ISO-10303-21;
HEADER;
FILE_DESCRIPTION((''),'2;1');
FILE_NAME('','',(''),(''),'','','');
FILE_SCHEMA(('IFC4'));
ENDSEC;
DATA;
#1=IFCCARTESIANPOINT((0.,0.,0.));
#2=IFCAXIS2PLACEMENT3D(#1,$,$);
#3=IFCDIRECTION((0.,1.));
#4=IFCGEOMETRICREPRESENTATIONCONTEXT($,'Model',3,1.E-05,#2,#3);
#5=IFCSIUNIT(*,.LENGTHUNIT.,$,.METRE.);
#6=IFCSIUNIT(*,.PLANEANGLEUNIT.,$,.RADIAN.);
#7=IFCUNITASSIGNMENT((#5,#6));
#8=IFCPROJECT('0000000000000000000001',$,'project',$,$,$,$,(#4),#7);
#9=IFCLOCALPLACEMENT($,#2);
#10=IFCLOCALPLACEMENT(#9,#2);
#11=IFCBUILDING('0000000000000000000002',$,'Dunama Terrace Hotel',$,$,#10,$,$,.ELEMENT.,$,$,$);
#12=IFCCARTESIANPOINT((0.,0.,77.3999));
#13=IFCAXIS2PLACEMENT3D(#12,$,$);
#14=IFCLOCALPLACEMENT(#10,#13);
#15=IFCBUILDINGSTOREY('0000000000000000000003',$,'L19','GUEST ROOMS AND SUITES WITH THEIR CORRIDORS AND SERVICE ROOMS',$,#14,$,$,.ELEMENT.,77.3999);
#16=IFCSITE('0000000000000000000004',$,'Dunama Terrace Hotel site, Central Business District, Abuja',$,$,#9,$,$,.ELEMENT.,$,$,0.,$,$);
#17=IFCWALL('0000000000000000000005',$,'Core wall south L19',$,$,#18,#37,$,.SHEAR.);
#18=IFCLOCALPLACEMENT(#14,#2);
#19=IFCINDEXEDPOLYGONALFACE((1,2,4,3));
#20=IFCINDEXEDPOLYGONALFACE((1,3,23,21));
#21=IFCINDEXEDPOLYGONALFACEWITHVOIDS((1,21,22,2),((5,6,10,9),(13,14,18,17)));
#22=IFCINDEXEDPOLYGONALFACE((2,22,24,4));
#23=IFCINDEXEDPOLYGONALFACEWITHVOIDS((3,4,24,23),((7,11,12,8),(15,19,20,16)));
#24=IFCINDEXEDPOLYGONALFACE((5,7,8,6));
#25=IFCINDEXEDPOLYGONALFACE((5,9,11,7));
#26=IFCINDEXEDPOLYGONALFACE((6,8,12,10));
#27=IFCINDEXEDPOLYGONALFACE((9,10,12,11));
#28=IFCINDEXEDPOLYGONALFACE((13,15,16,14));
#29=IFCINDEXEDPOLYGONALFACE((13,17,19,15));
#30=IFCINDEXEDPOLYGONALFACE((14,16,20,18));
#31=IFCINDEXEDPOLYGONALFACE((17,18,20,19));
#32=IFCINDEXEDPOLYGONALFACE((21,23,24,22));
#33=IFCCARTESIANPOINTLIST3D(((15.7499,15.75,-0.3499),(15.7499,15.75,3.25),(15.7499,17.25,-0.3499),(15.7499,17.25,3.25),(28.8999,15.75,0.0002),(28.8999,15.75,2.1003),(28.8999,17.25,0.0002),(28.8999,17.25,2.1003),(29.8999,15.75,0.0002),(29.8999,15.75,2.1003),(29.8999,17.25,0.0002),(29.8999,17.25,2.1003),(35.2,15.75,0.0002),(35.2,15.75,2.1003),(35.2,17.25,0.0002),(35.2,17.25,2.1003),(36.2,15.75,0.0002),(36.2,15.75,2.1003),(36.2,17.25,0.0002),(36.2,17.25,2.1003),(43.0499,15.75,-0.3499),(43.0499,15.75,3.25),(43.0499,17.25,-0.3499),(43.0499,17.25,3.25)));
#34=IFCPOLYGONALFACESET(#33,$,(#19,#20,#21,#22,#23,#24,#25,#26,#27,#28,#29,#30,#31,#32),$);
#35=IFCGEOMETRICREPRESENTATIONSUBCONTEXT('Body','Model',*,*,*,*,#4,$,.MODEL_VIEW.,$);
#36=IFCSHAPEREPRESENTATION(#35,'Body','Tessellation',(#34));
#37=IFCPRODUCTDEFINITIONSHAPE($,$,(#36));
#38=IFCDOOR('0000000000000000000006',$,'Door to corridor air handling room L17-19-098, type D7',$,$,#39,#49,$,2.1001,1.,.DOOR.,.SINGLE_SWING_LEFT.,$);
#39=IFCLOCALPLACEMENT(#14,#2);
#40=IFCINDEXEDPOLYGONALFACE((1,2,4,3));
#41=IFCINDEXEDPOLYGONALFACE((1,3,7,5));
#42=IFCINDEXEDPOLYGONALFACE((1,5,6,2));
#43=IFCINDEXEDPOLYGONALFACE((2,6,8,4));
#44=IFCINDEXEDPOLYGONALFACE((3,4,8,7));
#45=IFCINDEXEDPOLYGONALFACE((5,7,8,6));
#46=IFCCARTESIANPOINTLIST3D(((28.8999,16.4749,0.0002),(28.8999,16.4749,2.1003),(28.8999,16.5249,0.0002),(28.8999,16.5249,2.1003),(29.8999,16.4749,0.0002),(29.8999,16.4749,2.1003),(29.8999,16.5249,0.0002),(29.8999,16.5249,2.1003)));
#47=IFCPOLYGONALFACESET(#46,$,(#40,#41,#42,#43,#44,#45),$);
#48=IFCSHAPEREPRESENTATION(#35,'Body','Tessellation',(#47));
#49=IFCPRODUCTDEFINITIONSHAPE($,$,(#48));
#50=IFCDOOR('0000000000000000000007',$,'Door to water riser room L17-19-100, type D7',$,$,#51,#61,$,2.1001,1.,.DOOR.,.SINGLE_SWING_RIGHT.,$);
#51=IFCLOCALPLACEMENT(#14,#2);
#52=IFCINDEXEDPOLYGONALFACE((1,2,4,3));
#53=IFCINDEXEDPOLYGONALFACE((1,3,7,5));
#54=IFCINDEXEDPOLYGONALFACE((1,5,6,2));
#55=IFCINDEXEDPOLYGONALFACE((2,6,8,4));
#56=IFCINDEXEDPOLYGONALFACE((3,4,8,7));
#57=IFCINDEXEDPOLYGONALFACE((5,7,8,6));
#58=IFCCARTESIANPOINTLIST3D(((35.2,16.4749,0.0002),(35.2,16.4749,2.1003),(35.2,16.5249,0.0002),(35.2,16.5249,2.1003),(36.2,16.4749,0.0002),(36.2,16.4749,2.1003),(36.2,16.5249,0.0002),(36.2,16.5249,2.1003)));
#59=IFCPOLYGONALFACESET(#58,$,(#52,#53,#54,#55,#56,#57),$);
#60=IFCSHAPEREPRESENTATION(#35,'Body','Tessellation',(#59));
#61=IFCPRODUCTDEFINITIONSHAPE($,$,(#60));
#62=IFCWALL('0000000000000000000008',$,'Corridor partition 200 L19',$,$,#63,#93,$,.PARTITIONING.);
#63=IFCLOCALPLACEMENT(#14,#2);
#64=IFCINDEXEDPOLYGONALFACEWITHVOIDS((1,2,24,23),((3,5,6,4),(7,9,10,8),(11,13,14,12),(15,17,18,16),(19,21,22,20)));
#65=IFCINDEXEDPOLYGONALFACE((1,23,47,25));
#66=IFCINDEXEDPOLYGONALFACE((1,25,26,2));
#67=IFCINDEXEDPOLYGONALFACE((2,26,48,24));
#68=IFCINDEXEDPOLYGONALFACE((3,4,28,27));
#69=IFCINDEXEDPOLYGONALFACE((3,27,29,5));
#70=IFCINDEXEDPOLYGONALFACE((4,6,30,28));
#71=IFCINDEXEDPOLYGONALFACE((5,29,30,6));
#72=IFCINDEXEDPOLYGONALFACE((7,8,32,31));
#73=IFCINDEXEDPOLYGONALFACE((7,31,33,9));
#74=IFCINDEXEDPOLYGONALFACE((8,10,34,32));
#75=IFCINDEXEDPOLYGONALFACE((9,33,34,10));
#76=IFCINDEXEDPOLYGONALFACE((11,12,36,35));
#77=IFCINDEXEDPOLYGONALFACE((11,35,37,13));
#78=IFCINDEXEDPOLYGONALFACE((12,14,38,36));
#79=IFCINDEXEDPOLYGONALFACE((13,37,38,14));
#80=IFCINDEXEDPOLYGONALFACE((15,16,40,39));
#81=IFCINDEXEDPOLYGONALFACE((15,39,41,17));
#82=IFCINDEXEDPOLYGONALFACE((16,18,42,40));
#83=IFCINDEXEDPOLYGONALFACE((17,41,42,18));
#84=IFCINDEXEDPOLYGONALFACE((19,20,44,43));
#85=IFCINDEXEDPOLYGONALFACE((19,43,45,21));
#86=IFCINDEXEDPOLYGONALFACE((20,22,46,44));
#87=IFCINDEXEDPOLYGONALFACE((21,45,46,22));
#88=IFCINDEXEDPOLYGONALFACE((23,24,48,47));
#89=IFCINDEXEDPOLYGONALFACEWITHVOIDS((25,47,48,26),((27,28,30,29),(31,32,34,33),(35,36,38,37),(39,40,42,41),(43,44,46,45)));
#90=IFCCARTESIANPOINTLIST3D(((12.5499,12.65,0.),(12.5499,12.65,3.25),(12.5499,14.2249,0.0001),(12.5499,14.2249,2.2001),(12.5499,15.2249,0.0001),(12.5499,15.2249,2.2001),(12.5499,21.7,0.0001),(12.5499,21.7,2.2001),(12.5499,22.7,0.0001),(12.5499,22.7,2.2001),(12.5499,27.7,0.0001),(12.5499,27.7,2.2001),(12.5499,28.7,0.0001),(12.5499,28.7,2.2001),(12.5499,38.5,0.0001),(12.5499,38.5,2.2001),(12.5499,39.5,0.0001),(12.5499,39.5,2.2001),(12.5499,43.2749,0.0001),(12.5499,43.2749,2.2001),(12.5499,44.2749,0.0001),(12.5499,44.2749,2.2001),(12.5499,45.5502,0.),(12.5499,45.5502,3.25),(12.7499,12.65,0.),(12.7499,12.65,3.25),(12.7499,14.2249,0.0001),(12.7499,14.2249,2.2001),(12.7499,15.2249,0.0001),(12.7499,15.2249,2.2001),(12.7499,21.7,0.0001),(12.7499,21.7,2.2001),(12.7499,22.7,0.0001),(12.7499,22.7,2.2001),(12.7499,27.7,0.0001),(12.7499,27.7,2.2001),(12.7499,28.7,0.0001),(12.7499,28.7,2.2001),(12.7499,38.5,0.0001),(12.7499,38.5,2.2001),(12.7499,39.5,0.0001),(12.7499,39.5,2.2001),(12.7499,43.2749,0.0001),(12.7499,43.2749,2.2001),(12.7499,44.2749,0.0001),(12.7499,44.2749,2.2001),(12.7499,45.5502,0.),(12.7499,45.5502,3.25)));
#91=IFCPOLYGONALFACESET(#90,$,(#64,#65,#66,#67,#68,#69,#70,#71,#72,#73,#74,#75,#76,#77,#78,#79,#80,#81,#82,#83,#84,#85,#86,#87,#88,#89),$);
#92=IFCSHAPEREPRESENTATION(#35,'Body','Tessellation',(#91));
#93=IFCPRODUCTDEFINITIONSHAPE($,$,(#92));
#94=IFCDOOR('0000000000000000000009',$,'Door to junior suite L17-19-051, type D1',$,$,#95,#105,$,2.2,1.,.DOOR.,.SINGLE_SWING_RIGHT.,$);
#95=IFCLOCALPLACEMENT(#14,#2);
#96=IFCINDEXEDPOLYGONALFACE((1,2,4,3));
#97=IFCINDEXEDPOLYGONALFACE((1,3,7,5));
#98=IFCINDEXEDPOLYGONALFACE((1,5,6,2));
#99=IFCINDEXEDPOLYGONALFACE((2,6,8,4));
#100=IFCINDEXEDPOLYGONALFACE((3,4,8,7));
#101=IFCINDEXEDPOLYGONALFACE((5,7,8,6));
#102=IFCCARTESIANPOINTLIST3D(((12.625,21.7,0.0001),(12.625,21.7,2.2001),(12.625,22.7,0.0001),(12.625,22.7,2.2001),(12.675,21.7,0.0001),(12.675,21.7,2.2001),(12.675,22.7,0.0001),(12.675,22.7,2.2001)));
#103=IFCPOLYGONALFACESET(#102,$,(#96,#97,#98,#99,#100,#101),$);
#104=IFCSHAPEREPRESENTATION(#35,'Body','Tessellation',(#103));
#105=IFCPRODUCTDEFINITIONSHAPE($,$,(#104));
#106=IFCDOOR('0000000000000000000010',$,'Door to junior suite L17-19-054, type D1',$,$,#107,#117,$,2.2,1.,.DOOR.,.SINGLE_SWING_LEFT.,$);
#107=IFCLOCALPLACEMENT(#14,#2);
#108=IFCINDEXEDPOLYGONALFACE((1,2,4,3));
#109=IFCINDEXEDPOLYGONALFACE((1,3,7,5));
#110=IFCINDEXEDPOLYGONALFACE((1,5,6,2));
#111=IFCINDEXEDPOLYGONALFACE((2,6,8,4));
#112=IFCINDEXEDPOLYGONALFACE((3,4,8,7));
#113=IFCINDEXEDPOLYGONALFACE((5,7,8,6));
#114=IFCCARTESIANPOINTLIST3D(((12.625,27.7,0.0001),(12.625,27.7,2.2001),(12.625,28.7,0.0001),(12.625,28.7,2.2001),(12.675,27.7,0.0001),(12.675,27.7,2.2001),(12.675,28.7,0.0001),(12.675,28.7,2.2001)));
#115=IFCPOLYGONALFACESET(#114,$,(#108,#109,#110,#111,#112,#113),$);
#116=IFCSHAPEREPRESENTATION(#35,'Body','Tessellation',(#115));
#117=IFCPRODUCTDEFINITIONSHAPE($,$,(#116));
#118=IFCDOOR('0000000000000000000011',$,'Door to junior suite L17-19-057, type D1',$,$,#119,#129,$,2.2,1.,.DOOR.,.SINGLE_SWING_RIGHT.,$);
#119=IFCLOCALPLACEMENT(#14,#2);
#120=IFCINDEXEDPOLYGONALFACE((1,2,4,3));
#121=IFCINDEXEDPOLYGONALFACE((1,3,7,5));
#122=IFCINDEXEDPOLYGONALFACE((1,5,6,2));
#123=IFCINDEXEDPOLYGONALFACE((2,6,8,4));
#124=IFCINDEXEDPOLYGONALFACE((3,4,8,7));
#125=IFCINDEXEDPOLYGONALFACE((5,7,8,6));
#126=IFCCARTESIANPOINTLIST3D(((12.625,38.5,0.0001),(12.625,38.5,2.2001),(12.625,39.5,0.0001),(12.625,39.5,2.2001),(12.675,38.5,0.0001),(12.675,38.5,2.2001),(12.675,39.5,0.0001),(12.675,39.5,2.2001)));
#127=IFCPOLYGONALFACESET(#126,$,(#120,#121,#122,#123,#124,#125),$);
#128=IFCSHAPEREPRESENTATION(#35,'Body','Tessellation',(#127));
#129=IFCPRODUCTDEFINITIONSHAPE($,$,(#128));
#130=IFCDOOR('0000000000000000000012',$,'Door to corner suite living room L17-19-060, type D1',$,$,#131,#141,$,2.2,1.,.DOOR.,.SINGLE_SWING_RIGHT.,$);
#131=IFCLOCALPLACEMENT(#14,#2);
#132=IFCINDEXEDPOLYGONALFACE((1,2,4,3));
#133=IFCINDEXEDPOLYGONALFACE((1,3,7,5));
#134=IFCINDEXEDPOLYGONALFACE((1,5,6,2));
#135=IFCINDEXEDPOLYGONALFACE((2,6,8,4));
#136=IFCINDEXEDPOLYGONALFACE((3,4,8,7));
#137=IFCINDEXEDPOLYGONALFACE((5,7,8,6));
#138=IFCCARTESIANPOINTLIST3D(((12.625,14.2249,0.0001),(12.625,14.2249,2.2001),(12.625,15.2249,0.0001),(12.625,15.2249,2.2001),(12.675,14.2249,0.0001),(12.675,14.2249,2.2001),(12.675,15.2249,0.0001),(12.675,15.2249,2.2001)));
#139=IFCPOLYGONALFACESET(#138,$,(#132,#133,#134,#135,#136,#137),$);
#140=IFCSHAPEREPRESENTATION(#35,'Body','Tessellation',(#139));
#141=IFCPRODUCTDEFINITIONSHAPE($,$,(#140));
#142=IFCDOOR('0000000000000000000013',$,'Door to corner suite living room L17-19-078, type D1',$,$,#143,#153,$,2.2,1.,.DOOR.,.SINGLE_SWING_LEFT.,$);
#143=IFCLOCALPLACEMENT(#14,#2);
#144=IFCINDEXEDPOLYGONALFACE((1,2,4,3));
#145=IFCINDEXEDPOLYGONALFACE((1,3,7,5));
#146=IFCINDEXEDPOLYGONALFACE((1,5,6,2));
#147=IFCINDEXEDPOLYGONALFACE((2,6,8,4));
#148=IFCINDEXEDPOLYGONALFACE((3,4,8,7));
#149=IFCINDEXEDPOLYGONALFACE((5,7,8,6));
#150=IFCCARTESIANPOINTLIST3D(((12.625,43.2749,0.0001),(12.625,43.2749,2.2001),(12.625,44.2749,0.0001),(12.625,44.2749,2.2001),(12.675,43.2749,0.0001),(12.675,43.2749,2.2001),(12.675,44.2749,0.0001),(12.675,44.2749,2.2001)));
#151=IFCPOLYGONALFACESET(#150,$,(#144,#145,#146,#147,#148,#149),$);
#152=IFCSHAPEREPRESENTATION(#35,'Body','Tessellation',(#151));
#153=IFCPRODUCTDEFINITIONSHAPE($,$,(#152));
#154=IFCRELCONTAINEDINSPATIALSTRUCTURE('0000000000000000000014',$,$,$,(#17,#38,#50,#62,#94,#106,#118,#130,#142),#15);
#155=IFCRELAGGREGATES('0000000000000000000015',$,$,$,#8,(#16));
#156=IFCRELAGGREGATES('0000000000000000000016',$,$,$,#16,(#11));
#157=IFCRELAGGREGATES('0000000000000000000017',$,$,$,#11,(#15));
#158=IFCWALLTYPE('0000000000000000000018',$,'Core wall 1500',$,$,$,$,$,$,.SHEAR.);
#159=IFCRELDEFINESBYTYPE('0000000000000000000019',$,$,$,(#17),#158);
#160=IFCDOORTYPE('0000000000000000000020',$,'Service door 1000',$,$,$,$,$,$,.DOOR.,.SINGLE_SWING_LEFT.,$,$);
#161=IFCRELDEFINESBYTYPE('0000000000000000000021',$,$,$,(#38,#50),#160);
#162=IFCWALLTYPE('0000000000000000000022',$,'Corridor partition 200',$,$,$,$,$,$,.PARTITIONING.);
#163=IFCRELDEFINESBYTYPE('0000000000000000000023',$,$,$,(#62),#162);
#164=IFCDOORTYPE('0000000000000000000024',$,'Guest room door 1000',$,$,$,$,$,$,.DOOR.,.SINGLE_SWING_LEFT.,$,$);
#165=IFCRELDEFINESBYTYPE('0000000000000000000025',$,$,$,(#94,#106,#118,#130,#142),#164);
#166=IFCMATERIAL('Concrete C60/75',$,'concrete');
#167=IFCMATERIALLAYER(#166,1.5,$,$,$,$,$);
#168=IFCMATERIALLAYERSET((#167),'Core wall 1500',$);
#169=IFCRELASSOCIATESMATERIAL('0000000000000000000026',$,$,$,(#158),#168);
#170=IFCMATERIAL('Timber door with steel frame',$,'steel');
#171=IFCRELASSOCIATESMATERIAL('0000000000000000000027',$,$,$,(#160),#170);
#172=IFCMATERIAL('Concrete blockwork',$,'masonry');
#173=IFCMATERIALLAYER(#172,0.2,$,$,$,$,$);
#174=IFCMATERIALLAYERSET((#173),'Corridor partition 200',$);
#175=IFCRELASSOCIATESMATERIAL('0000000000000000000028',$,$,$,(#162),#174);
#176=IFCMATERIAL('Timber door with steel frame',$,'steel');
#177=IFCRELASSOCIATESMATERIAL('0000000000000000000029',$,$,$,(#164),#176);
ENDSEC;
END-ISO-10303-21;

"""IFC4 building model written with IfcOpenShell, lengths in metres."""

from ifc_helpers import new_model, si_unit, direction, frame, frame_2d, origin, place, context, subcontext, project, spatial, rectangle, extrude, material, layer, layer_set, type_object, element, fill, save


model = new_model("IFC4")

# Units and contexts
model_context = context("Model", 3, precision=1e-05, world=origin(), true_north=direction((0.0, 1.0)))
body_context = subcontext(model_context, "Body", "Model", "MODEL_VIEW")
ifc_project = project(units=[si_unit("LENGTHUNIT", "METRE"), si_unit("PLANEANGLEUNIT", "RADIAN")], contexts=[model_context])

# Site, building, storey
site_placement = place(None, origin())
site = spatial("IfcSite", under=ifc_project, at=site_placement, Name="Dunama Terrace Hotel site, Central Business District, Abuja", CompositionType="ELEMENT", RefElevation=0.0)
building_placement = place(site_placement, origin())
building = spatial("IfcBuilding", under=site, at=building_placement, Name="Dunama Terrace Hotel", CompositionType="ELEMENT")
storey_placement = place(building_placement, frame((0.0, 0.0, 77.3999)))
storey = spatial("IfcBuildingStorey", under=building, at=storey_placement, Name="L19", Description="GUEST ROOMS AND SUITES WITH THEIR CORRIDORS AND SERVICE ROOMS", CompositionType="ELEMENT", Elevation=77.3999)

# Walls, openings, doors
ifc_material_1 = material(Name="Concrete C60/75", Category="concrete")
ifc_layer_1 = layer(ifc_material_1, 1.5)
ifc_layer_set_1 = layer_set([ifc_layer_1], Name="Core wall 1500")
wall_type_1 = type_object("IfcWallType", Name="Core wall 1500", PredefinedType="SHEAR", material=ifc_layer_set_1)
wall_1_placement = place(storey_placement, frame((15.75, 16.5, -0.3499), z_axis=(0.0, 0.0, 1.0), x_axis=(1.0, 0.0, 0.0)))
wall_1 = element("IfcWall", 1, at=wall_1_placement, inside=storey, type_object=wall_type_1, Name="Core wall south L19", PredefinedType="SHEAR", context=body_context, shape_type="SweptSolid", body=[
    extrude(rectangle(XDim=27.3, YDim=1.5, at=frame_2d((13.6499, 0.0))), origin(), (0.0, 0.0, 1.0), 3.5999),
])
opening_1_placement = place(wall_1_placement, frame((13.1499, 0.0, 0.3501)))
opening_1 = element("IfcOpeningElement", 2, at=opening_1_placement, cuts=wall_1, PredefinedType="OPENING", context=body_context, shape_type="SweptSolid", body=[
    extrude(rectangle(XDim=1.0, YDim=2.1001, at=frame_2d((0.5, 1.05))), frame((0.0, 0.76, 0.0), z_axis=(0.0, -1.0, 0.0), x_axis=(1.0, 0.0, 0.0)), (0.0, 0.0, 1.0), 1.52),
])
opening_2_placement = place(wall_1_placement, frame((19.45, 0.0, 0.3501)))
opening_2 = element("IfcOpeningElement", 3, at=opening_2_placement, cuts=wall_1, PredefinedType="OPENING", context=body_context, shape_type="SweptSolid", body=[
    extrude(rectangle(XDim=1.0, YDim=2.1001, at=frame_2d((0.5, 1.05))), frame((0.0, 0.76, 0.0), z_axis=(0.0, -1.0, 0.0), x_axis=(1.0, 0.0, 0.0)), (0.0, 0.0, 1.0), 1.52),
])
ifc_material_2 = material(Name="Timber door with steel frame", Category="steel")
door_type_1 = type_object("IfcDoorType", Name="Service door 1000", OperationType="SINGLE_SWING_LEFT", PredefinedType="DOOR", material=ifc_material_2)
door_1_placement = place(opening_1_placement, origin())
door_1 = element("IfcDoor", 4, at=door_1_placement, inside=storey, type_object=door_type_1, Name="Door to corridor air handling room L17-19-098, type D7", OperationType="SINGLE_SWING_LEFT", OverallHeight=2.1001, OverallWidth=1.0, PredefinedType="DOOR", context=body_context, shape_type="SweptSolid", body=[
    extrude(rectangle(XDim=1.0, YDim=2.1001, at=frame_2d((0.5, 1.05))), frame((0.0, 0.0249, 0.0), z_axis=(0.0, -1.0, 0.0), x_axis=(1.0, 0.0, 0.0)), (0.0, 0.0, 1.0), 0.05),
])
fill(opening_1, door_1)
door_2_placement = place(opening_2_placement, origin())
door_2 = element("IfcDoor", 5, at=door_2_placement, inside=storey, type_object=door_type_1, Name="Door to water riser room L17-19-100, type D7", OperationType="SINGLE_SWING_RIGHT", OverallHeight=2.1001, OverallWidth=1.0, PredefinedType="DOOR", context=body_context, shape_type="SweptSolid", body=[
    extrude(rectangle(XDim=1.0, YDim=2.1001, at=frame_2d((0.5, 1.05))), frame((0.0, 0.0249, 0.0), z_axis=(0.0, -1.0, 0.0), x_axis=(1.0, 0.0, 0.0)), (0.0, 0.0, 1.0), 0.05),
])
fill(opening_2, door_2)
ifc_material_3 = material(Name="Concrete blockwork", Category="masonry")
ifc_layer_2 = layer(ifc_material_3, 0.2)
ifc_layer_set_2 = layer_set([ifc_layer_2], Name="Corridor partition 200")
wall_type_2 = type_object("IfcWallType", Name="Corridor partition 200", PredefinedType="PARTITIONING", material=ifc_layer_set_2)
wall_2_placement = place(storey_placement, frame((12.6499, 12.6499, 0.0), z_axis=(0.0, 0.0, 1.0), x_axis=(0.0, 1.0, 0.0)))
wall_2 = element("IfcWall", 6, at=wall_2_placement, inside=storey, type_object=wall_type_2, Name="Corridor partition 200 L19", PredefinedType="PARTITIONING", context=body_context, shape_type="SweptSolid", body=[
    extrude(rectangle(XDim=32.9001, YDim=0.2, at=frame_2d((16.4502, 0.0))), origin(), (0.0, 0.0, 1.0), 3.25),
])
opening_3_placement = place(wall_2_placement, frame((9.05, 0.0, 0.0)))
opening_3 = element("IfcOpeningElement", 7, at=opening_3_placement, cuts=wall_2, PredefinedType="OPENING", context=body_context, shape_type="SweptSolid", body=[
    extrude(rectangle(XDim=1.0, YDim=2.2, at=frame_2d((0.5, 1.1001))), frame((0.0, 0.1099, 0.0), z_axis=(0.0, -1.0, 0.0), x_axis=(1.0, 0.0, 0.0)), (0.0, 0.0, 1.0), 0.22),
])
opening_4_placement = place(wall_2_placement, frame((15.05, 0.0, 0.0)))
opening_4 = element("IfcOpeningElement", 8, at=opening_4_placement, cuts=wall_2, PredefinedType="OPENING", context=body_context, shape_type="SweptSolid", body=[
    extrude(rectangle(XDim=1.0, YDim=2.2, at=frame_2d((0.5, 1.1001))), frame((0.0, 0.1099, 0.0), z_axis=(0.0, -1.0, 0.0), x_axis=(1.0, 0.0, 0.0)), (0.0, 0.0, 1.0), 0.22),
])
opening_5_placement = place(wall_2_placement, frame((25.8501, 0.0, 0.0)))
opening_5 = element("IfcOpeningElement", 9, at=opening_5_placement, cuts=wall_2, PredefinedType="OPENING", context=body_context, shape_type="SweptSolid", body=[
    extrude(rectangle(XDim=1.0, YDim=2.2, at=frame_2d((0.5, 1.1001))), frame((0.0, 0.1099, 0.0), z_axis=(0.0, -1.0, 0.0), x_axis=(1.0, 0.0, 0.0)), (0.0, 0.0, 1.0), 0.22),
])
opening_6_placement = place(wall_2_placement, frame((1.575, 0.0, 0.0)))
opening_6 = element("IfcOpeningElement", 10, at=opening_6_placement, cuts=wall_2, PredefinedType="OPENING", context=body_context, shape_type="SweptSolid", body=[
    extrude(rectangle(XDim=1.0, YDim=2.2, at=frame_2d((0.5, 1.1001))), frame((0.0, 0.1099, 0.0), z_axis=(0.0, -1.0, 0.0), x_axis=(1.0, 0.0, 0.0)), (0.0, 0.0, 1.0), 0.22),
])
opening_7_placement = place(wall_2_placement, frame((30.625, 0.0, 0.0)))
opening_7 = element("IfcOpeningElement", 11, at=opening_7_placement, cuts=wall_2, PredefinedType="OPENING", context=body_context, shape_type="SweptSolid", body=[
    extrude(rectangle(XDim=1.0, YDim=2.2, at=frame_2d((0.5, 1.1001))), frame((0.0, 0.1099, 0.0), z_axis=(0.0, -1.0, 0.0), x_axis=(1.0, 0.0, 0.0)), (0.0, 0.0, 1.0), 0.22),
])
ifc_material_4 = material(Name="Timber door with steel frame", Category="steel")
door_type_2 = type_object("IfcDoorType", Name="Guest room door 1000", OperationType="SINGLE_SWING_LEFT", PredefinedType="DOOR", material=ifc_material_4)
door_3_placement = place(opening_3_placement, origin())
door_3 = element("IfcDoor", 12, at=door_3_placement, inside=storey, type_object=door_type_2, Name="Door to junior suite L17-19-051, type D1", OperationType="SINGLE_SWING_RIGHT", OverallHeight=2.2, OverallWidth=1.0, PredefinedType="DOOR", context=body_context, shape_type="SweptSolid", body=[
    extrude(rectangle(XDim=1.0, YDim=2.2, at=frame_2d((0.5, 1.1001))), frame((0.0, 0.0249, 0.0), z_axis=(0.0, -1.0, 0.0), x_axis=(1.0, 0.0, 0.0)), (0.0, 0.0, 1.0), 0.05),
])
fill(opening_3, door_3)
door_4_placement = place(opening_4_placement, origin())
door_4 = element("IfcDoor", 13, at=door_4_placement, inside=storey, type_object=door_type_2, Name="Door to junior suite L17-19-054, type D1", OperationType="SINGLE_SWING_LEFT", OverallHeight=2.2, OverallWidth=1.0, PredefinedType="DOOR", context=body_context, shape_type="SweptSolid", body=[
    extrude(rectangle(XDim=1.0, YDim=2.2, at=frame_2d((0.5, 1.1001))), frame((0.0, 0.0249, 0.0), z_axis=(0.0, -1.0, 0.0), x_axis=(1.0, 0.0, 0.0)), (0.0, 0.0, 1.0), 0.05),
])
fill(opening_4, door_4)
door_5_placement = place(opening_5_placement, origin())
door_5 = element("IfcDoor", 14, at=door_5_placement, inside=storey, type_object=door_type_2, Name="Door to junior suite L17-19-057, type D1", OperationType="SINGLE_SWING_RIGHT", OverallHeight=2.2, OverallWidth=1.0, PredefinedType="DOOR", context=body_context, shape_type="SweptSolid", body=[
    extrude(rectangle(XDim=1.0, YDim=2.2, at=frame_2d((0.5, 1.1001))), frame((0.0, 0.0249, 0.0), z_axis=(0.0, -1.0, 0.0), x_axis=(1.0, 0.0, 0.0)), (0.0, 0.0, 1.0), 0.05),
])
fill(opening_5, door_5)
door_6_placement = place(opening_6_placement, origin())
door_6 = element("IfcDoor", 15, at=door_6_placement, inside=storey, type_object=door_type_2, Name="Door to corner suite living room L17-19-060, type D1", OperationType="SINGLE_SWING_RIGHT", OverallHeight=2.2, OverallWidth=1.0, PredefinedType="DOOR", context=body_context, shape_type="SweptSolid", body=[
    extrude(rectangle(XDim=1.0, YDim=2.2, at=frame_2d((0.5, 1.1001))), frame((0.0, 0.0249, 0.0), z_axis=(0.0, -1.0, 0.0), x_axis=(1.0, 0.0, 0.0)), (0.0, 0.0, 1.0), 0.05),
])
fill(opening_6, door_6)
door_7_placement = place(opening_7_placement, origin())
door_7 = element("IfcDoor", 16, at=door_7_placement, inside=storey, type_object=door_type_2, Name="Door to corner suite living room L17-19-078, type D1", OperationType="SINGLE_SWING_LEFT", OverallHeight=2.2, OverallWidth=1.0, PredefinedType="DOOR", context=body_context, shape_type="SweptSolid", body=[
    extrude(rectangle(XDim=1.0, YDim=2.2, at=frame_2d((0.5, 1.1001))), frame((0.0, 0.0249, 0.0), z_axis=(0.0, -1.0, 0.0), x_axis=(1.0, 0.0, 0.0)), (0.0, 0.0, 1.0), 0.05),
])
fill(opening_7, door_7)

save(model, "model.ifc")
